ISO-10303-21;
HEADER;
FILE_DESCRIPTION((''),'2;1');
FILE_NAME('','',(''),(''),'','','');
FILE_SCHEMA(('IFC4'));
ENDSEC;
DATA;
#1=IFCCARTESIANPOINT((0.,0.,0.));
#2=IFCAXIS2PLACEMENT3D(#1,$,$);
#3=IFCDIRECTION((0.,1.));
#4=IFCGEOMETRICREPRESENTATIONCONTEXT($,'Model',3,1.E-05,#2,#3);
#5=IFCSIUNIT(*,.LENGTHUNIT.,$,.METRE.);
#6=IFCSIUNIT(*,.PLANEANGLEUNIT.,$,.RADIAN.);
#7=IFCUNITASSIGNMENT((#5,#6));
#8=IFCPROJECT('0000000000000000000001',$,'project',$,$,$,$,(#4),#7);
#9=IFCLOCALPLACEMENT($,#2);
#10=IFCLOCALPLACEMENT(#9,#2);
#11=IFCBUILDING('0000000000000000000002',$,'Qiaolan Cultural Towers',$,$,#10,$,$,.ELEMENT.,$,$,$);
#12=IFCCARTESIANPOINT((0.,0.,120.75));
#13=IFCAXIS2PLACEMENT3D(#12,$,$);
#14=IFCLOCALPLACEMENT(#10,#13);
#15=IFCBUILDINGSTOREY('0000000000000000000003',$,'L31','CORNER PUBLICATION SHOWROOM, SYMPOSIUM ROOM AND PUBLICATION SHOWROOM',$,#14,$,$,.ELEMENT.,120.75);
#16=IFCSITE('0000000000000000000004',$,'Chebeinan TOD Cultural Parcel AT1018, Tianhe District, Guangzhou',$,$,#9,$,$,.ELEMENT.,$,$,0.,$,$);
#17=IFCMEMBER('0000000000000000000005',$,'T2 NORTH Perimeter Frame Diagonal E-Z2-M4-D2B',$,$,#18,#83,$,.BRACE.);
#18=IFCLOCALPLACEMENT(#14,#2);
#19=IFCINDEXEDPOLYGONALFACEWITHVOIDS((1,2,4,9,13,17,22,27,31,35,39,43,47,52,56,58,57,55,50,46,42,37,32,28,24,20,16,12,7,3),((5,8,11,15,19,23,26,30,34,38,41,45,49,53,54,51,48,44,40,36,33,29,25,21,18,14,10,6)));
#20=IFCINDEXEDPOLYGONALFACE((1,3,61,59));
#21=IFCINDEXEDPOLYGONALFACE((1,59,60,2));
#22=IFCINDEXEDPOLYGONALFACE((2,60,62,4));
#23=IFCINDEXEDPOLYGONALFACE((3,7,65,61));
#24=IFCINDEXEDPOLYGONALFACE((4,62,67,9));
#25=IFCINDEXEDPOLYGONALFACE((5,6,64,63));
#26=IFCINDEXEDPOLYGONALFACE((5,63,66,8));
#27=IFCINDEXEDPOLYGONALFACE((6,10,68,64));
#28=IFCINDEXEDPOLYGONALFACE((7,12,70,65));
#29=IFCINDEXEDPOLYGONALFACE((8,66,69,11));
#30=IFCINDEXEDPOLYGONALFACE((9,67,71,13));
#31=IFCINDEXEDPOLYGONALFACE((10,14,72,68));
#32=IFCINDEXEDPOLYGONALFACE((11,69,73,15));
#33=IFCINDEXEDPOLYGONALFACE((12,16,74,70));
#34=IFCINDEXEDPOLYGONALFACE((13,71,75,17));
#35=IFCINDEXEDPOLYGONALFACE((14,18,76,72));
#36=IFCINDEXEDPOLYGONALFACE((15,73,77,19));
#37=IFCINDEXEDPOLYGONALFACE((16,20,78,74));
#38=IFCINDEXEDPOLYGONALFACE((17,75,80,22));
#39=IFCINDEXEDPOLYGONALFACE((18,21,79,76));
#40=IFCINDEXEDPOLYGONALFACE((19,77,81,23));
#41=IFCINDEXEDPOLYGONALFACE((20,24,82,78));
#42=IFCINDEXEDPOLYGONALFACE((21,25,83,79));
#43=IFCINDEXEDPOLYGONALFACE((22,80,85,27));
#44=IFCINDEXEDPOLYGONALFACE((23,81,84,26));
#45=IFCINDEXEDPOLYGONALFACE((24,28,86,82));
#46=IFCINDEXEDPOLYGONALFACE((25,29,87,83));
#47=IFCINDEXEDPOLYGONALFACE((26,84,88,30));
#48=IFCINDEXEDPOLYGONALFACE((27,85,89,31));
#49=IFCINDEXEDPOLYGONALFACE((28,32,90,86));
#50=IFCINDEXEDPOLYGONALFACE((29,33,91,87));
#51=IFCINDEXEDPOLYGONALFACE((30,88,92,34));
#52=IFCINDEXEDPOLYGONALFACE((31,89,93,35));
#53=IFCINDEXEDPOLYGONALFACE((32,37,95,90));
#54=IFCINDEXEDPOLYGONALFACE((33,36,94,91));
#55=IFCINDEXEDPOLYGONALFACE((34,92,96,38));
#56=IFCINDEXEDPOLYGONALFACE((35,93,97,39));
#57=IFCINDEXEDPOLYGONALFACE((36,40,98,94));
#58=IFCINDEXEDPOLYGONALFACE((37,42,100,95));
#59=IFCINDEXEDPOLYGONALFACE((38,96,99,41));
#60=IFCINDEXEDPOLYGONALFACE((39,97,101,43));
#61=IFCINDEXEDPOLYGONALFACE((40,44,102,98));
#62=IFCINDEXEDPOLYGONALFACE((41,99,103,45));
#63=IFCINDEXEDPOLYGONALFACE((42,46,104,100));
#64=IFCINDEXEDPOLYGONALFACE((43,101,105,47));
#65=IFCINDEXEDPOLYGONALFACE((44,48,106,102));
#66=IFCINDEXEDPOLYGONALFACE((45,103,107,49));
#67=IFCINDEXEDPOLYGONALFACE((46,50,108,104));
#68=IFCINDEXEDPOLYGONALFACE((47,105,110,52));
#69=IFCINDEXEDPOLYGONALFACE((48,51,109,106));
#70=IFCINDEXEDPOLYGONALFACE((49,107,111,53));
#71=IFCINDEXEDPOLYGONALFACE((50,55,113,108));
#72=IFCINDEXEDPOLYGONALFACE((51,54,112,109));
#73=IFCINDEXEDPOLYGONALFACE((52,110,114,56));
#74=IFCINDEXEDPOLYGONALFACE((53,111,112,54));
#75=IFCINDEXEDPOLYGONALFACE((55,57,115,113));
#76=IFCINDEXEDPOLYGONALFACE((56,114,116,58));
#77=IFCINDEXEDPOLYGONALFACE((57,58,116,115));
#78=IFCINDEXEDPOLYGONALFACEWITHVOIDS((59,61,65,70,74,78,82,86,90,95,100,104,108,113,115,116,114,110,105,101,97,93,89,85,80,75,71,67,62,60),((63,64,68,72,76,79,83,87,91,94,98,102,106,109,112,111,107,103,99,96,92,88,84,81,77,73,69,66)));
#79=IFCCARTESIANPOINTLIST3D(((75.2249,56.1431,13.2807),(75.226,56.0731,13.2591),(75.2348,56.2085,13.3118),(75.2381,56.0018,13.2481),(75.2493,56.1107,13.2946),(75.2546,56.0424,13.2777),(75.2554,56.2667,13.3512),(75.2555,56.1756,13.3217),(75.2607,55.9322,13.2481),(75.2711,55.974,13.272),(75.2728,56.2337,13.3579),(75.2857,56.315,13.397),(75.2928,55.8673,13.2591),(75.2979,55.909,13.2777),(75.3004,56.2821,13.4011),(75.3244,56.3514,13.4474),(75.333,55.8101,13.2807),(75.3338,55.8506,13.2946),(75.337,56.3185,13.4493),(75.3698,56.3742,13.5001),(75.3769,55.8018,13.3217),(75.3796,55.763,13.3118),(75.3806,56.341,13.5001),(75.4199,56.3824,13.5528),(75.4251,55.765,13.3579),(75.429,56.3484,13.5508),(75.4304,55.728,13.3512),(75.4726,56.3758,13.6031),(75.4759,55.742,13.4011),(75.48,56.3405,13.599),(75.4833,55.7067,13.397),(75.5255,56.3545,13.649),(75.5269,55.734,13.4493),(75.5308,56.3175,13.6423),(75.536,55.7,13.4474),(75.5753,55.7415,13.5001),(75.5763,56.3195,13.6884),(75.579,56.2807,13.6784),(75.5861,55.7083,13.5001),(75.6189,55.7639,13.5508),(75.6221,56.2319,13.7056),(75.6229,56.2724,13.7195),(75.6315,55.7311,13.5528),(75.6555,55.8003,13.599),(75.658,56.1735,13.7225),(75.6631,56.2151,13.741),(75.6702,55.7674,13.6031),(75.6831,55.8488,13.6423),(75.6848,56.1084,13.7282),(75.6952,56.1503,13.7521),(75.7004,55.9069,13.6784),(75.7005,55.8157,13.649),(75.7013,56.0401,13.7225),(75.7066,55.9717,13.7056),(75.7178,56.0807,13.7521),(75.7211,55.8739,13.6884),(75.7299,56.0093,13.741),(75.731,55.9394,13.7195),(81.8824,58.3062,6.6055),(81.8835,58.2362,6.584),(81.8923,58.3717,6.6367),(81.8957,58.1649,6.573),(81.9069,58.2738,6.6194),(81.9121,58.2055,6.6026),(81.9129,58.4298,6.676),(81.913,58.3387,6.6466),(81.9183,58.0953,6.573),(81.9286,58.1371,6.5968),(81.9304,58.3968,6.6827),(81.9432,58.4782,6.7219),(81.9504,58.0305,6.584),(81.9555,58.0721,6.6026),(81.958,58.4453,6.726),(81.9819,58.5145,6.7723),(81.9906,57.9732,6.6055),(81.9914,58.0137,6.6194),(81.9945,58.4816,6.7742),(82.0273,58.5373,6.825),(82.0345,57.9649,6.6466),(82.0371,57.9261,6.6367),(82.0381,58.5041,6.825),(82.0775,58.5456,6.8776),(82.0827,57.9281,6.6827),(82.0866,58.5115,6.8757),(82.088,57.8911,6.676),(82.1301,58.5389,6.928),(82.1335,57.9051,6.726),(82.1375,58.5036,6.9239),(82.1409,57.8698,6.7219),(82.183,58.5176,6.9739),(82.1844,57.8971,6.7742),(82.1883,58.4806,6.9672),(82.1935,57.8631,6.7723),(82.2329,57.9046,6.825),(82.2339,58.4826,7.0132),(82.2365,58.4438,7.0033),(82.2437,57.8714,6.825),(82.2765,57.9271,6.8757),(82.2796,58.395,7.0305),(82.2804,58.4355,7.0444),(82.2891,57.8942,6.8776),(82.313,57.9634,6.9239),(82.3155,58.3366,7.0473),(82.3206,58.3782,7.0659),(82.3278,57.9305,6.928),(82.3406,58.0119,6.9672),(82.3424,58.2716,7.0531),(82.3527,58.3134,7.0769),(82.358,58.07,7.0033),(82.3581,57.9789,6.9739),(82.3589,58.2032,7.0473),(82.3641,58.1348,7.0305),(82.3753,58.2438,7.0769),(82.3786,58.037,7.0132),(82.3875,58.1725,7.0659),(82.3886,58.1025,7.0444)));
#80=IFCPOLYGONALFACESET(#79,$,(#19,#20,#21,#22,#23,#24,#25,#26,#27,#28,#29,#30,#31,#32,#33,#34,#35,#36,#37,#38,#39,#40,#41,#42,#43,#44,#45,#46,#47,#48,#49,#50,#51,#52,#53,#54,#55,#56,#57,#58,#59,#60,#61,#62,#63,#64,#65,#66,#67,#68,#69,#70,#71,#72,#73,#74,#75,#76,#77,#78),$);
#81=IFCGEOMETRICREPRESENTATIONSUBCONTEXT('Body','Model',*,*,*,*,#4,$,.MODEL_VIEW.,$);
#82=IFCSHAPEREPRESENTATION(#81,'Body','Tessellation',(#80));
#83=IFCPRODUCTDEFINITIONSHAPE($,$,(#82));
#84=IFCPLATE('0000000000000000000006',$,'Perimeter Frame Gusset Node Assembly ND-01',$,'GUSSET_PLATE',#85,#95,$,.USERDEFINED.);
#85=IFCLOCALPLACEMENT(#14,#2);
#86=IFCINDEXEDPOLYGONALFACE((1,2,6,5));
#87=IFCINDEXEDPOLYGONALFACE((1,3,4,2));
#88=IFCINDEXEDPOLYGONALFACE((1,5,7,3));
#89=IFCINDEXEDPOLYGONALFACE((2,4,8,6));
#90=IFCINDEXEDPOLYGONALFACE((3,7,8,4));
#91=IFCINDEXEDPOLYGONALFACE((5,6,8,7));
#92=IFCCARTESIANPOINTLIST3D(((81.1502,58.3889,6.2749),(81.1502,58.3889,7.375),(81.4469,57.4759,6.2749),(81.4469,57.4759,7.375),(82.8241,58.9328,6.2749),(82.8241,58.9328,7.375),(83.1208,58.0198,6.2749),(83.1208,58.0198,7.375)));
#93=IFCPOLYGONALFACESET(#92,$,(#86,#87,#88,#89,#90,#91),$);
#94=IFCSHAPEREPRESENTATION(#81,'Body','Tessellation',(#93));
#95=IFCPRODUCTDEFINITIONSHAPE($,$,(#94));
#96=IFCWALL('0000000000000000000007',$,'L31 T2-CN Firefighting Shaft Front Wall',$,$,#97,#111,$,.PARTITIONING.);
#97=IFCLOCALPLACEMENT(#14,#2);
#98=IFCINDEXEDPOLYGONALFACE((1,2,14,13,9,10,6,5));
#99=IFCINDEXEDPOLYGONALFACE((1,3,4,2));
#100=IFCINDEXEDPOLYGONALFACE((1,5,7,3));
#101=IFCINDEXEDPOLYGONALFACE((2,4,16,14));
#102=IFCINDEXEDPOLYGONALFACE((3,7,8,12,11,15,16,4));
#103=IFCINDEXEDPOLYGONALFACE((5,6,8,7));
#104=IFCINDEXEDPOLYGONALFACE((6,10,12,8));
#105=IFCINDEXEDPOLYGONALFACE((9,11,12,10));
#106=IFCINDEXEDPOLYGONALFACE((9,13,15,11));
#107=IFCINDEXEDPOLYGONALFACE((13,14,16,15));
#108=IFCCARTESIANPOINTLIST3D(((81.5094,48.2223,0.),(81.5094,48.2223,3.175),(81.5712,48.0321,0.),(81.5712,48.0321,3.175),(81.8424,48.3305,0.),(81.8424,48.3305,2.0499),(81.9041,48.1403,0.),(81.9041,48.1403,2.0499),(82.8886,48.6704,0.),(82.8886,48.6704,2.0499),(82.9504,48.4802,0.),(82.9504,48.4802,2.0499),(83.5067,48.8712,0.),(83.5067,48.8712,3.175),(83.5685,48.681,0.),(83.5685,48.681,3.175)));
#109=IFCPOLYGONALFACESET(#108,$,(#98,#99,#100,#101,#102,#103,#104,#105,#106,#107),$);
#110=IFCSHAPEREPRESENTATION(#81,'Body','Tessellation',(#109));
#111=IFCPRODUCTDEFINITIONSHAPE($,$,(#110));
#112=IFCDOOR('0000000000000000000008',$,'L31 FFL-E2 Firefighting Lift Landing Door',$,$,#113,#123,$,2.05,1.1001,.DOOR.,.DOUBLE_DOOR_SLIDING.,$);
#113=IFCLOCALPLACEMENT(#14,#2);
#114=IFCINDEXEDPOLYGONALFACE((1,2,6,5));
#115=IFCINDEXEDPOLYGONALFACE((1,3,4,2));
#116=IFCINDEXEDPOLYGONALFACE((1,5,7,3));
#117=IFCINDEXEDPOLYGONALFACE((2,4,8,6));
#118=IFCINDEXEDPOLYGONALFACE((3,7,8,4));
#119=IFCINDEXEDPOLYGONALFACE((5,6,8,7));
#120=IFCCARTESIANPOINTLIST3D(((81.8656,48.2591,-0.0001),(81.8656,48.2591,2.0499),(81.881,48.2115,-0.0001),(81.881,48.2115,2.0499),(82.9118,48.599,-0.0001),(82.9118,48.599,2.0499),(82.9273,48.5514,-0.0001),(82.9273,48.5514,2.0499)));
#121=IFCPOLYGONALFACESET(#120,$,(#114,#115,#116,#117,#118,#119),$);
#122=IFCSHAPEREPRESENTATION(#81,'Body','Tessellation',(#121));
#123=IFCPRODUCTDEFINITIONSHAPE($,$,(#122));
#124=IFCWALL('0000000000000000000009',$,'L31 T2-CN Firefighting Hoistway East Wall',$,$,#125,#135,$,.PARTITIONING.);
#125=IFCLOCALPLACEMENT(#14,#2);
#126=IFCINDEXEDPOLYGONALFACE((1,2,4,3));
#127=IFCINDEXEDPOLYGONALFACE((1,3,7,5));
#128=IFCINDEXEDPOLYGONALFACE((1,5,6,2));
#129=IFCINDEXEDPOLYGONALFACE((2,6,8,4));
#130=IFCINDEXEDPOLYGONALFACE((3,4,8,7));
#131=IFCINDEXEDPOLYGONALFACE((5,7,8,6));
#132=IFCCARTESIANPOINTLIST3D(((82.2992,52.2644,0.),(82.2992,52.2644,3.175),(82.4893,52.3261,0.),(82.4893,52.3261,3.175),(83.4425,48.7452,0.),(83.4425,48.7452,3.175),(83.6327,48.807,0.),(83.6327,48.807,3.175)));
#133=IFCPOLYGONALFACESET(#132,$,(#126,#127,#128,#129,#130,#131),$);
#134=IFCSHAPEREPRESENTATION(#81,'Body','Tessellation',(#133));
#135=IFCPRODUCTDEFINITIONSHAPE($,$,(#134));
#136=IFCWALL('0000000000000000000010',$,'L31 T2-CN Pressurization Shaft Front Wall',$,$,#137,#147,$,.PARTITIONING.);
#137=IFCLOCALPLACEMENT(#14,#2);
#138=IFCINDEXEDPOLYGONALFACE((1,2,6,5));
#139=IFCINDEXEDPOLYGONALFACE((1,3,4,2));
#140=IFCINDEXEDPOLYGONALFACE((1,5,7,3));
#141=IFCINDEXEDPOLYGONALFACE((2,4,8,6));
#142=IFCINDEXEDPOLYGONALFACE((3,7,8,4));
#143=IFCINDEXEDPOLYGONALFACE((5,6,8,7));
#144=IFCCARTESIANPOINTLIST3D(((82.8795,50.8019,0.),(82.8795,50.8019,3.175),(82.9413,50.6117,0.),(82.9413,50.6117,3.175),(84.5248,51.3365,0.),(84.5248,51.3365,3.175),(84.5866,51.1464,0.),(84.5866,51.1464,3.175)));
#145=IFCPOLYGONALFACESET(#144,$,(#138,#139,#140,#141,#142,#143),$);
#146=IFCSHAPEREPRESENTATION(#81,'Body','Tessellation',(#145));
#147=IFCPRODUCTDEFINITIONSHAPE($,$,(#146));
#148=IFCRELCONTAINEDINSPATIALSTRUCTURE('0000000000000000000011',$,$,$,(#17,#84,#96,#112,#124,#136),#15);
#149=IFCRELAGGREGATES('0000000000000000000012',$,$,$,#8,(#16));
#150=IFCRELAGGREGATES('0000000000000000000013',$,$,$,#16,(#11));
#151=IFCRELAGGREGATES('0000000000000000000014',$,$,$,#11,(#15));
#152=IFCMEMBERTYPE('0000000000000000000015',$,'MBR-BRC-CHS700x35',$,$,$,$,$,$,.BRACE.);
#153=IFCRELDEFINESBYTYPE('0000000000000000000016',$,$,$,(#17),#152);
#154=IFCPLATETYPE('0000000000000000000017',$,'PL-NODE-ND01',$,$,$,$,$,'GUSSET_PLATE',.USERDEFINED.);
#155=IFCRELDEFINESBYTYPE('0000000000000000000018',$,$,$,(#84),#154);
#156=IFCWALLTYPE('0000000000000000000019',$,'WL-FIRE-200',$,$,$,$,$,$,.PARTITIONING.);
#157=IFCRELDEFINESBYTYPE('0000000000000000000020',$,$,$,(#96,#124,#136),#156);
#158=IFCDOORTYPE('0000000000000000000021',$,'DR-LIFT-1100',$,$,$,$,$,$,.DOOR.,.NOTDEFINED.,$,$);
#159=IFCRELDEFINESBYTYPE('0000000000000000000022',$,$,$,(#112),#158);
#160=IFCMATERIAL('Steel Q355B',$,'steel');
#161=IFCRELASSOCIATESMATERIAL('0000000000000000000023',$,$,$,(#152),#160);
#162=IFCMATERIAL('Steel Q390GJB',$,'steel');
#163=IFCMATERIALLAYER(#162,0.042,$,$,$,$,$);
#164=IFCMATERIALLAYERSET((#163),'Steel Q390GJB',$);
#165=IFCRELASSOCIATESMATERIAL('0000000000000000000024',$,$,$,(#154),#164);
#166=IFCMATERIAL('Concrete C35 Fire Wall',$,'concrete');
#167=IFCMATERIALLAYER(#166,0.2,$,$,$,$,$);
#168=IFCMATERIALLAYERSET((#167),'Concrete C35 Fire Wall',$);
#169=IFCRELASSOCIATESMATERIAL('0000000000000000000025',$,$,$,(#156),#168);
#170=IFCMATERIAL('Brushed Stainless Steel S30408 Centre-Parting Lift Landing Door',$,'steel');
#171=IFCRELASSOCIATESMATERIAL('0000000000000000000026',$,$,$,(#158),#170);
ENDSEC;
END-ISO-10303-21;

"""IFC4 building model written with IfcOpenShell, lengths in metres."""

from ifc_helpers import new_model, si_unit, direction, frame, frame_2d, origin, origin_2d, place, context, subcontext, project, spatial, rectangle, hollow_circle, extrude, material, layer, layer_set, material_profile, profile_set, type_object, element, fill, save


model = new_model("IFC4")

# Units and contexts
model_context = context("Model", 3, precision=1e-05, world=origin(), true_north=direction((0.0, 1.0)))
body_context = subcontext(model_context, "Body", "Model", "MODEL_VIEW")
ifc_project = project(units=[si_unit("LENGTHUNIT", "METRE"), si_unit("PLANEANGLEUNIT", "RADIAN")], contexts=[model_context])

# Site, building, storey
site_placement = place(None, origin())
site = spatial("IfcSite", under=ifc_project, at=site_placement, Name="Chebeinan TOD Cultural Parcel AT1018, Tianhe District, Guangzhou", CompositionType="ELEMENT", RefElevation=0.0)
building_placement = place(site_placement, origin())
building = spatial("IfcBuilding", under=site, at=building_placement, Name="Qiaolan Cultural Towers", CompositionType="ELEMENT")
storey_placement = place(building_placement, frame((0.0, 0.0, 120.75)))
storey = spatial("IfcBuildingStorey", under=building, at=storey_placement, Name="L31", Description="CORNER PUBLICATION SHOWROOM, SYMPOSIUM ROOM AND PUBLICATION SHOWROOM", CompositionType="ELEMENT", Elevation=120.75)

# Member
ifc_material_1 = material(Name="Steel Q355B", Category="steel")
ifc_material_profile_1 = material_profile(ifc_material_1, hollow_circle(Radius=0.3501, WallThickness=0.0349, at=origin_2d()), Name="CHS700x35")
ifc_profile_set_1 = profile_set([ifc_material_profile_1], Name="Steel Q355B")
member_type = type_object("IfcMemberType", Name="MBR-BRC-CHS700x35", PredefinedType="BRACE", material=ifc_profile_set_1)
for number, where, z_axis, x_axis, name in (
    (1, (82.1355, 58.2043, 6.825), (-0.688289, -0.223633, 0.690106), (0.30901, -0.951059, 0.0), "T2 NORTH Perimeter Frame Diagonal E-Z2-M4-D2B"),
):
    element("IfcMember", number, at=place(storey_placement, frame(where, z_axis=z_axis, x_axis=x_axis)), inside=storey, type_object=member_type, Name=name, PredefinedType="BRACE", context=body_context, shape_type="SweptSolid", body=[
        extrude(hollow_circle(Radius=0.3501, WallThickness=0.0349, at=origin_2d()), origin(), (0.0, 0.0, 1.0), 9.6726),
    ])

# Plate
ifc_material_2 = material(Name="Steel Q390GJB", Category="steel")
ifc_layer_1 = layer(ifc_material_2, 0.042)
ifc_layer_set_1 = layer_set([ifc_layer_1], Name="Steel Q390GJB")
plate_type = type_object("IfcPlateType", Name="PL-NODE-ND01", ElementType="GUSSET_PLATE", PredefinedType="USERDEFINED", material=ifc_layer_set_1)
plate_placement = place(storey_placement, frame((82.1355, 58.2043, 6.2749), z_axis=(0.0, 0.0, 1.0), x_axis=(0.951057, 0.309017, 0.0)))
element("IfcPlate", 2, at=plate_placement, inside=storey, type_object=plate_type, Name="Perimeter Frame Gusset Node Assembly ND-01", ObjectType="GUSSET_PLATE", PredefinedType="USERDEFINED", context=body_context, shape_type="SweptSolid", body=[
    extrude(rectangle(XDim=1.76, YDim=0.96, at=origin_2d()), origin(), (0.0, 0.0, 1.0), 1.1001),
])

# Wall, opening, door
ifc_material_3 = material(Name="Concrete C35 Fire Wall", Category="concrete")
ifc_layer_2 = layer(ifc_material_3, 0.2)
ifc_layer_set_2 = layer_set([ifc_layer_2], Name="Concrete C35 Fire Wall")
wall_type_1 = type_object("IfcWallType", Name="WL-FIRE-200", PredefinedType="PARTITIONING", material=ifc_layer_set_2)
wall_1_placement = place(storey_placement, frame((81.5403, 48.1272, 0.0), z_axis=(0.0, 0.0, 1.0), x_axis=(0.951062, 0.308999, 0.0)))
wall_1 = element("IfcWall", 3, at=wall_1_placement, inside=storey, type_object=wall_type_1, Name="L31 T2-CN Firefighting Shaft Front Wall", PredefinedType="PARTITIONING", context=body_context, shape_type="SweptSolid", body=[
    extrude(rectangle(XDim=2.1001, YDim=0.2, at=frame_2d((1.05, 0.0))), origin(), (0.0, 0.0, 1.0), 3.175),
])
opening_1_placement = place(wall_1_placement, frame((0.3501, 0.0, 0.0)))
opening_1 = element("IfcOpeningElement", 4, at=opening_1_placement, cuts=wall_1, PredefinedType="OPENING", context=body_context, shape_type="SweptSolid", body=[
    extrude(rectangle(XDim=1.1001, YDim=2.05, at=frame_2d((0.55, 1.0249))), frame((0.0, 0.1099, 0.0), z_axis=(0.0, -1.0, 0.0), x_axis=(1.0, 0.0, 0.0)), (0.0, 0.0, 1.0), 0.22),
])
ifc_material_4 = material(Name="Brushed Stainless Steel S30408 Centre-Parting Lift Landing Door", Category="steel")
door_type = type_object("IfcDoorType", Name="DR-LIFT-1100", OperationType="NOTDEFINED", PredefinedType="DOOR", material=ifc_material_4)
door_1_placement = place(opening_1_placement, origin())
door_1 = element("IfcDoor", 5, at=door_1_placement, inside=storey, type_object=door_type, Name="L31 FFL-E2 Firefighting Lift Landing Door", OperationType="DOUBLE_DOOR_SLIDING", OverallHeight=2.05, OverallWidth=1.1001, PredefinedType="DOOR", context=body_context, shape_type="SweptSolid", body=[
    extrude(rectangle(XDim=1.1001, YDim=2.05, at=frame_2d((0.55, 1.0249))), frame((0.0, 0.0249, 0.0), z_axis=(0.0, -1.0, 0.0), x_axis=(1.0, 0.0, 0.0)), (0.0, 0.0, 1.0), 0.05),
])
fill(opening_1, door_1)

# Walls
wall_2_placement = place(storey_placement, frame((83.5376, 48.7761, 0.0), z_axis=(0.0, 0.0, 1.0), x_axis=(-0.308994, 0.951064, 0.0)))
element("IfcWall", 6, at=wall_2_placement, inside=storey, type_object=wall_type_1, Name="L31 T2-CN Firefighting Hoistway East Wall", PredefinedType="PARTITIONING", context=body_context, shape_type="SweptSolid", body=[
    extrude(rectangle(XDim=3.7002, YDim=0.2, at=frame_2d((1.8501, 0.0))), origin(), (0.0, 0.0, 1.0), 3.175),
])
wall_3_placement = place(storey_placement, frame((82.9104, 50.7068, 0.0), z_axis=(0.0, 0.0, 1.0), x_axis=(0.951041, 0.309064, 0.0)))
element("IfcWall", 7, at=wall_3_placement, inside=storey, type_object=wall_type_1, Name="L31 T2-CN Pressurization Shaft Front Wall", PredefinedType="PARTITIONING", context=body_context, shape_type="SweptSolid", body=[
    extrude(rectangle(XDim=1.73, YDim=0.2, at=frame_2d((0.865, 0.0))), origin(), (0.0, 0.0, 1.0), 3.175),
])

save(model, "model.ifc")
